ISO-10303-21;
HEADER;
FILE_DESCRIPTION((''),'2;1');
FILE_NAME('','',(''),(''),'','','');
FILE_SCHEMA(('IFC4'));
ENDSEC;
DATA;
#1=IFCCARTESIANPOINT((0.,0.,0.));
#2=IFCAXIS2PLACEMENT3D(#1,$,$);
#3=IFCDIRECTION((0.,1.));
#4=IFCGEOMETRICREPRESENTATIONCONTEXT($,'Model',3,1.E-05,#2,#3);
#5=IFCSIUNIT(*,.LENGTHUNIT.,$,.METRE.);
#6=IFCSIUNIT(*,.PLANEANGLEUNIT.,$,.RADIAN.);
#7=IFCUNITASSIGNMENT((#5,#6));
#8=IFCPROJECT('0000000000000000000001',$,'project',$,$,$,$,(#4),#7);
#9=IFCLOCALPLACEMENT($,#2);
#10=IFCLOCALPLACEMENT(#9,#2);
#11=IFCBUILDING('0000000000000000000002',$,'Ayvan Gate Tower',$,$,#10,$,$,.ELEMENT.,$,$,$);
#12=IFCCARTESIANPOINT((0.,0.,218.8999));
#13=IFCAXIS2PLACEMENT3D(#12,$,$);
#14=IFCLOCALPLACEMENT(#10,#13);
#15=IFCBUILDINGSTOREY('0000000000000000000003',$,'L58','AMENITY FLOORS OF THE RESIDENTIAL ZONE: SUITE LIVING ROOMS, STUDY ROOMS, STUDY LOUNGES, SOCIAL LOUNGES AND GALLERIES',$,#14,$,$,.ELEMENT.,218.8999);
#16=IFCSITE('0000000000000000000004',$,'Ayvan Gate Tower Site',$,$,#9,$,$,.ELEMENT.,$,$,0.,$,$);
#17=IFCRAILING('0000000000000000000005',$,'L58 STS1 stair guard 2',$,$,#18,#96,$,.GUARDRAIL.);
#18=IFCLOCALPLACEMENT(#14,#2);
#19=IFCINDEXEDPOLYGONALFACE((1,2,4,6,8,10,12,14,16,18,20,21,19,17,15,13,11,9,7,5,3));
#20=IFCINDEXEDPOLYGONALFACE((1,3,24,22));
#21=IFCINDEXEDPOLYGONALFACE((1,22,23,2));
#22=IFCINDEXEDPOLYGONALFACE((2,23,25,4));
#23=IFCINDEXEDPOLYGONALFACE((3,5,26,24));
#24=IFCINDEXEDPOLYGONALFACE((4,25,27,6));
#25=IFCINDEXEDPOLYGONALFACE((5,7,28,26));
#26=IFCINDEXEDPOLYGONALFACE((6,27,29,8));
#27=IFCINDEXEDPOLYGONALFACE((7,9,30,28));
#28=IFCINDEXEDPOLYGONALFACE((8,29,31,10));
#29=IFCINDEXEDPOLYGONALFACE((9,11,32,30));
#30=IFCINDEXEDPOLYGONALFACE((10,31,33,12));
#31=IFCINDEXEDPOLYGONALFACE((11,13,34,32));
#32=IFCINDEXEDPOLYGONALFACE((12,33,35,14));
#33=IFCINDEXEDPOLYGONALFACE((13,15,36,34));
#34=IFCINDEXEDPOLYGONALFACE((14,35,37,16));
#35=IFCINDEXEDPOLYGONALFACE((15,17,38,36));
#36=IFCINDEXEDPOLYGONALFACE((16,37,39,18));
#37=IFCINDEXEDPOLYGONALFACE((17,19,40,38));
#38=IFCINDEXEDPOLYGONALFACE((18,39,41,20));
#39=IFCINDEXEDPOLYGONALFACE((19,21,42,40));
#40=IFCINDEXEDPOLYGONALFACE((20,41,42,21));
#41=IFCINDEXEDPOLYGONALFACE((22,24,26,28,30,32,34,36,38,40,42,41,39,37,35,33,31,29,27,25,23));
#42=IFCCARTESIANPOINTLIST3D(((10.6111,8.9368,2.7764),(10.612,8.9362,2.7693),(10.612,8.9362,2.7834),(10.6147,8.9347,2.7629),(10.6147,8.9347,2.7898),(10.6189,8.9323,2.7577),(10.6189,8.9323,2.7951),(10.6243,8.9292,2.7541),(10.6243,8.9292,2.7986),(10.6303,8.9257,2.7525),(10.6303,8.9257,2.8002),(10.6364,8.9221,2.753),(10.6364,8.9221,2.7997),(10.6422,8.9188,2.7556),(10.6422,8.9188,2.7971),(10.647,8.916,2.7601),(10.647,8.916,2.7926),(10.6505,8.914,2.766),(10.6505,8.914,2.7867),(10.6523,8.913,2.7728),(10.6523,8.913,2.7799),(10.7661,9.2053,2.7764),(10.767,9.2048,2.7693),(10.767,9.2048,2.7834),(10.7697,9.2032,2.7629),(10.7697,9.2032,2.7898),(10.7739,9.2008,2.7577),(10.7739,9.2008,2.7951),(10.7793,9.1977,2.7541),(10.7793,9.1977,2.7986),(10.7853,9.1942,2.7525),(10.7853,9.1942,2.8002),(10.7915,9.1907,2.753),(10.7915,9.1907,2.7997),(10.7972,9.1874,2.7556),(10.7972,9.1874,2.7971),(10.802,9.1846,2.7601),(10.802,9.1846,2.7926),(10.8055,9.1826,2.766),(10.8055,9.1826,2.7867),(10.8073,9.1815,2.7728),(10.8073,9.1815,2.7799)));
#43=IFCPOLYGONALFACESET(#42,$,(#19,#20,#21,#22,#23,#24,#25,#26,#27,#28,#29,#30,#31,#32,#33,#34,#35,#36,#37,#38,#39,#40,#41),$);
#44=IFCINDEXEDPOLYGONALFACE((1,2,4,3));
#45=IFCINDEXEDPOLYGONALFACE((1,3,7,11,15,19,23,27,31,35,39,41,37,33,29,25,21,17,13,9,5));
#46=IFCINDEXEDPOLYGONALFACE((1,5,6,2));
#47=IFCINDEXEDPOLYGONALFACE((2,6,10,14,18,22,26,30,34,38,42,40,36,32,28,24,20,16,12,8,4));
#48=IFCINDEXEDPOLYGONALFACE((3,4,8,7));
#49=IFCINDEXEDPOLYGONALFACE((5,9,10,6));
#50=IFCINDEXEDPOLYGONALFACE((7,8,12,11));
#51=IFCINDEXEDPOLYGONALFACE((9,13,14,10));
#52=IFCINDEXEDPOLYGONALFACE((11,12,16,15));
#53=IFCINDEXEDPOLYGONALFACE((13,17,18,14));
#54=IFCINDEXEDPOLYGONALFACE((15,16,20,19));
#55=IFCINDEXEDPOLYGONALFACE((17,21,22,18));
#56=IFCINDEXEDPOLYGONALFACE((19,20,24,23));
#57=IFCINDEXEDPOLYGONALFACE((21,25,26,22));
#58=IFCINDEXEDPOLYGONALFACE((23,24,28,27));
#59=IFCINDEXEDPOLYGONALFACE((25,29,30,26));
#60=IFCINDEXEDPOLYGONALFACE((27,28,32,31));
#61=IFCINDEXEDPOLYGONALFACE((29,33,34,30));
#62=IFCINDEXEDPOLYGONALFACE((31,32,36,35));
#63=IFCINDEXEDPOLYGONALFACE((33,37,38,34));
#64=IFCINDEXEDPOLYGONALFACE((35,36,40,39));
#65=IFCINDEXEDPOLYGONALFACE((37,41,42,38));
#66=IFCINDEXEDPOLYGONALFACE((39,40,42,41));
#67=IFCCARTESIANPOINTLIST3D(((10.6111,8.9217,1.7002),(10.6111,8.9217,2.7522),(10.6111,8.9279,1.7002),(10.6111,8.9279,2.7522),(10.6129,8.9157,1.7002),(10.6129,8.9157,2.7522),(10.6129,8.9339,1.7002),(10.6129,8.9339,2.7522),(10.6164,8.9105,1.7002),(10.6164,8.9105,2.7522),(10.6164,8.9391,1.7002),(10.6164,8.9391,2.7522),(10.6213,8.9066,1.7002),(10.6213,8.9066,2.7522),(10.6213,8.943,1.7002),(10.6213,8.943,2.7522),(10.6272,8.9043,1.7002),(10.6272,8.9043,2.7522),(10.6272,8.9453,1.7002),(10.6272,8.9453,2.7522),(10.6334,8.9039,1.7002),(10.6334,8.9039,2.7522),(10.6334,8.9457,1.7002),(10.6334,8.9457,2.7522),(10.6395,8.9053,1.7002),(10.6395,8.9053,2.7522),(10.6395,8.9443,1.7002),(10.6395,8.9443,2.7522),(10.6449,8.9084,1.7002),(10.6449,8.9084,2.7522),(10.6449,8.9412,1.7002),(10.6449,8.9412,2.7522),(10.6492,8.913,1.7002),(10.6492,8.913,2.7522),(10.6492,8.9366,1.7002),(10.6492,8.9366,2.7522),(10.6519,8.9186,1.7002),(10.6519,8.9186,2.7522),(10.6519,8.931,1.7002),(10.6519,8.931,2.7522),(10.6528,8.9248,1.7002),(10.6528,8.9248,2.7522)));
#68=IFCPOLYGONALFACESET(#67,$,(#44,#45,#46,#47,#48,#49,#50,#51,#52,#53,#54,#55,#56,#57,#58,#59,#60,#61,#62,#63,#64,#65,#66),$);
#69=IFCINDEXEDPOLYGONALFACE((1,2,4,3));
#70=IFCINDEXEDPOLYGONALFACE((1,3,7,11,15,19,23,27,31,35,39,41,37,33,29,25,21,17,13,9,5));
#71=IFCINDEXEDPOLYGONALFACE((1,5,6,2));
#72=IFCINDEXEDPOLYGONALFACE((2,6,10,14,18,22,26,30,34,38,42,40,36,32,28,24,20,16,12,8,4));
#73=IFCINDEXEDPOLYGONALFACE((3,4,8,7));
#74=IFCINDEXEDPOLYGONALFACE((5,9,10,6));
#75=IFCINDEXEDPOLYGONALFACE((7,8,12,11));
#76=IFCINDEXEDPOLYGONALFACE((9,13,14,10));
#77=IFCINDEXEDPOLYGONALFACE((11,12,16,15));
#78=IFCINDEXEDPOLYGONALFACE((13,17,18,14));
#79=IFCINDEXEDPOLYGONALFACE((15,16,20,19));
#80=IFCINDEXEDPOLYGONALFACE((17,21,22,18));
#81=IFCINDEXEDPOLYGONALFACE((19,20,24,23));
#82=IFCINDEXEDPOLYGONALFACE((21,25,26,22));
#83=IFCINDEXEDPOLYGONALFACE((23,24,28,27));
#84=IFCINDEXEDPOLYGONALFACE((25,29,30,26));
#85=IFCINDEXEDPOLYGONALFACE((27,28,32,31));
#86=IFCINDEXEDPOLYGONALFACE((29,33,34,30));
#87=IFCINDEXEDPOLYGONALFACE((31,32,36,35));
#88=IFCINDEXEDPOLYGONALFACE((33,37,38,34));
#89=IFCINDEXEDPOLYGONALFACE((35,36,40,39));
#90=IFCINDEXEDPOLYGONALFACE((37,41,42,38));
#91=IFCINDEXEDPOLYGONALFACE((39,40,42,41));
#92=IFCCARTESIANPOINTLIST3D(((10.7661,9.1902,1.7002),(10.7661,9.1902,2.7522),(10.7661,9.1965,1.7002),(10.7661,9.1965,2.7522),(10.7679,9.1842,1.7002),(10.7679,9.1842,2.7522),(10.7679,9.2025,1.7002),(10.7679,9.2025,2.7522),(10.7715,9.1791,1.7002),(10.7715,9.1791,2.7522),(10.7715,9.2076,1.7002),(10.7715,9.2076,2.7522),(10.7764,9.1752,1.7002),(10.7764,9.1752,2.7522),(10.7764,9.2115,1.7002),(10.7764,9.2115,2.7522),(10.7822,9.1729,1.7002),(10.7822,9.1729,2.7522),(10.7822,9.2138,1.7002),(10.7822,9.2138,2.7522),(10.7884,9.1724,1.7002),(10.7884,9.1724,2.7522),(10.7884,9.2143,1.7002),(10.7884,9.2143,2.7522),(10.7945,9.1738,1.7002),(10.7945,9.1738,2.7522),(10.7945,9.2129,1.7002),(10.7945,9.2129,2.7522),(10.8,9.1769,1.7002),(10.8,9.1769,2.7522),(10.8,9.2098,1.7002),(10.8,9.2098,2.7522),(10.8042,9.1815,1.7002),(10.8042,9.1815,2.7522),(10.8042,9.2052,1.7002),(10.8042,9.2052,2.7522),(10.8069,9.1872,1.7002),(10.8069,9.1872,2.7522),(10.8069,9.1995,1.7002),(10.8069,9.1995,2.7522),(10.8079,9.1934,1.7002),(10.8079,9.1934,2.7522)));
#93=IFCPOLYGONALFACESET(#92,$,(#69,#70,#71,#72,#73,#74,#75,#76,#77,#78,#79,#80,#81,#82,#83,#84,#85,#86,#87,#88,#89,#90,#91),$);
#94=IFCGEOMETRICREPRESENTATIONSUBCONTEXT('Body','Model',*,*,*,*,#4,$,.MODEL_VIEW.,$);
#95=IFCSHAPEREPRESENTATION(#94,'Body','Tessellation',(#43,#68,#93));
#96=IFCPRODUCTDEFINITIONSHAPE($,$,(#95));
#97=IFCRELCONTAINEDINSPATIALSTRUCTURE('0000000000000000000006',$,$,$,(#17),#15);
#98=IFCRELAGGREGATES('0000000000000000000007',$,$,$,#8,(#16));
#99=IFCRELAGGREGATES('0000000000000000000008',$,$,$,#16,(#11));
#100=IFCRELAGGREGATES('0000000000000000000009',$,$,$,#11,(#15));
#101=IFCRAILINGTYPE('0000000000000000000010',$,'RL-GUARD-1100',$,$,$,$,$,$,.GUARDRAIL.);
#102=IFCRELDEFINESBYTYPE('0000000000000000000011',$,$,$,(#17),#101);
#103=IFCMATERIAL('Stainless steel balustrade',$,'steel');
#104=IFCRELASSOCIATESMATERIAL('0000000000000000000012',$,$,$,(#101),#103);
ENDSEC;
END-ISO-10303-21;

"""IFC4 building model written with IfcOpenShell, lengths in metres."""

from ifc_helpers import new_model, si_unit, direction, frame, origin, origin_2d, place, context, subcontext, project, spatial, circle, extrude, material, type_object, element, save


model = new_model("IFC4")

# Units and contexts
model_context = context("Model", 3, precision=1e-05, world=origin(), true_north=direction((0.0, 1.0)))
body_context = subcontext(model_context, "Body", "Model", "MODEL_VIEW")
ifc_project = project(units=[si_unit("LENGTHUNIT", "METRE"), si_unit("PLANEANGLEUNIT", "RADIAN")], contexts=[model_context])

# Site, building, storey
site_placement = place(None, origin())
site = spatial("IfcSite", under=ifc_project, at=site_placement, Name="Ayvan Gate Tower Site", CompositionType="ELEMENT", RefElevation=0.0)
building_placement = place(site_placement, origin())
building = spatial("IfcBuilding", under=site, at=building_placement, Name="Ayvan Gate Tower", CompositionType="ELEMENT")
storey_placement = place(building_placement, frame((0.0, 0.0, 218.8999)))
storey = spatial("IfcBuildingStorey", under=building, at=storey_placement, Name="L58", Description="AMENITY FLOORS OF THE RESIDENTIAL ZONE: SUITE LIVING ROOMS, STUDY ROOMS, STUDY LOUNGES, SOCIAL LOUNGES AND GALLERIES", CompositionType="ELEMENT", Elevation=218.8999)

# Railing
ifc_material_1 = material(Name="Stainless steel balustrade", Category="steel")
railing_type_1 = type_object("IfcRailingType", Name="RL-GUARD-1100", PredefinedType="GUARDRAIL", material=ifc_material_1)
railing_1_placement = place(storey_placement, frame((10.6318, 8.9248, 1.7002)))
element("IfcRailing", 1, at=railing_1_placement, inside=storey, type_object=railing_type_1, Name="L58 STS1 stair guard 2", PredefinedType="GUARDRAIL", context=body_context, shape_type="SweptSolid", body=[
    extrude(circle(Radius=0.0239, at=origin_2d()), frame((0.0, 0.0, 1.0762), z_axis=(0.49995, 0.866054, 0.0), x_axis=(-0.866054, 0.49995, 0.0)), (0.0, 0.0, 1.0), 0.3101),
    extrude(circle(Radius=0.021, at=origin_2d()), origin(), (0.0, 0.0, 1.0), 1.052),
    extrude(circle(Radius=0.021, at=origin_2d()), frame((0.155, 0.2686, 0.0)), (0.0, 0.0, 1.0), 1.052),
])

save(model, "model.ifc")
